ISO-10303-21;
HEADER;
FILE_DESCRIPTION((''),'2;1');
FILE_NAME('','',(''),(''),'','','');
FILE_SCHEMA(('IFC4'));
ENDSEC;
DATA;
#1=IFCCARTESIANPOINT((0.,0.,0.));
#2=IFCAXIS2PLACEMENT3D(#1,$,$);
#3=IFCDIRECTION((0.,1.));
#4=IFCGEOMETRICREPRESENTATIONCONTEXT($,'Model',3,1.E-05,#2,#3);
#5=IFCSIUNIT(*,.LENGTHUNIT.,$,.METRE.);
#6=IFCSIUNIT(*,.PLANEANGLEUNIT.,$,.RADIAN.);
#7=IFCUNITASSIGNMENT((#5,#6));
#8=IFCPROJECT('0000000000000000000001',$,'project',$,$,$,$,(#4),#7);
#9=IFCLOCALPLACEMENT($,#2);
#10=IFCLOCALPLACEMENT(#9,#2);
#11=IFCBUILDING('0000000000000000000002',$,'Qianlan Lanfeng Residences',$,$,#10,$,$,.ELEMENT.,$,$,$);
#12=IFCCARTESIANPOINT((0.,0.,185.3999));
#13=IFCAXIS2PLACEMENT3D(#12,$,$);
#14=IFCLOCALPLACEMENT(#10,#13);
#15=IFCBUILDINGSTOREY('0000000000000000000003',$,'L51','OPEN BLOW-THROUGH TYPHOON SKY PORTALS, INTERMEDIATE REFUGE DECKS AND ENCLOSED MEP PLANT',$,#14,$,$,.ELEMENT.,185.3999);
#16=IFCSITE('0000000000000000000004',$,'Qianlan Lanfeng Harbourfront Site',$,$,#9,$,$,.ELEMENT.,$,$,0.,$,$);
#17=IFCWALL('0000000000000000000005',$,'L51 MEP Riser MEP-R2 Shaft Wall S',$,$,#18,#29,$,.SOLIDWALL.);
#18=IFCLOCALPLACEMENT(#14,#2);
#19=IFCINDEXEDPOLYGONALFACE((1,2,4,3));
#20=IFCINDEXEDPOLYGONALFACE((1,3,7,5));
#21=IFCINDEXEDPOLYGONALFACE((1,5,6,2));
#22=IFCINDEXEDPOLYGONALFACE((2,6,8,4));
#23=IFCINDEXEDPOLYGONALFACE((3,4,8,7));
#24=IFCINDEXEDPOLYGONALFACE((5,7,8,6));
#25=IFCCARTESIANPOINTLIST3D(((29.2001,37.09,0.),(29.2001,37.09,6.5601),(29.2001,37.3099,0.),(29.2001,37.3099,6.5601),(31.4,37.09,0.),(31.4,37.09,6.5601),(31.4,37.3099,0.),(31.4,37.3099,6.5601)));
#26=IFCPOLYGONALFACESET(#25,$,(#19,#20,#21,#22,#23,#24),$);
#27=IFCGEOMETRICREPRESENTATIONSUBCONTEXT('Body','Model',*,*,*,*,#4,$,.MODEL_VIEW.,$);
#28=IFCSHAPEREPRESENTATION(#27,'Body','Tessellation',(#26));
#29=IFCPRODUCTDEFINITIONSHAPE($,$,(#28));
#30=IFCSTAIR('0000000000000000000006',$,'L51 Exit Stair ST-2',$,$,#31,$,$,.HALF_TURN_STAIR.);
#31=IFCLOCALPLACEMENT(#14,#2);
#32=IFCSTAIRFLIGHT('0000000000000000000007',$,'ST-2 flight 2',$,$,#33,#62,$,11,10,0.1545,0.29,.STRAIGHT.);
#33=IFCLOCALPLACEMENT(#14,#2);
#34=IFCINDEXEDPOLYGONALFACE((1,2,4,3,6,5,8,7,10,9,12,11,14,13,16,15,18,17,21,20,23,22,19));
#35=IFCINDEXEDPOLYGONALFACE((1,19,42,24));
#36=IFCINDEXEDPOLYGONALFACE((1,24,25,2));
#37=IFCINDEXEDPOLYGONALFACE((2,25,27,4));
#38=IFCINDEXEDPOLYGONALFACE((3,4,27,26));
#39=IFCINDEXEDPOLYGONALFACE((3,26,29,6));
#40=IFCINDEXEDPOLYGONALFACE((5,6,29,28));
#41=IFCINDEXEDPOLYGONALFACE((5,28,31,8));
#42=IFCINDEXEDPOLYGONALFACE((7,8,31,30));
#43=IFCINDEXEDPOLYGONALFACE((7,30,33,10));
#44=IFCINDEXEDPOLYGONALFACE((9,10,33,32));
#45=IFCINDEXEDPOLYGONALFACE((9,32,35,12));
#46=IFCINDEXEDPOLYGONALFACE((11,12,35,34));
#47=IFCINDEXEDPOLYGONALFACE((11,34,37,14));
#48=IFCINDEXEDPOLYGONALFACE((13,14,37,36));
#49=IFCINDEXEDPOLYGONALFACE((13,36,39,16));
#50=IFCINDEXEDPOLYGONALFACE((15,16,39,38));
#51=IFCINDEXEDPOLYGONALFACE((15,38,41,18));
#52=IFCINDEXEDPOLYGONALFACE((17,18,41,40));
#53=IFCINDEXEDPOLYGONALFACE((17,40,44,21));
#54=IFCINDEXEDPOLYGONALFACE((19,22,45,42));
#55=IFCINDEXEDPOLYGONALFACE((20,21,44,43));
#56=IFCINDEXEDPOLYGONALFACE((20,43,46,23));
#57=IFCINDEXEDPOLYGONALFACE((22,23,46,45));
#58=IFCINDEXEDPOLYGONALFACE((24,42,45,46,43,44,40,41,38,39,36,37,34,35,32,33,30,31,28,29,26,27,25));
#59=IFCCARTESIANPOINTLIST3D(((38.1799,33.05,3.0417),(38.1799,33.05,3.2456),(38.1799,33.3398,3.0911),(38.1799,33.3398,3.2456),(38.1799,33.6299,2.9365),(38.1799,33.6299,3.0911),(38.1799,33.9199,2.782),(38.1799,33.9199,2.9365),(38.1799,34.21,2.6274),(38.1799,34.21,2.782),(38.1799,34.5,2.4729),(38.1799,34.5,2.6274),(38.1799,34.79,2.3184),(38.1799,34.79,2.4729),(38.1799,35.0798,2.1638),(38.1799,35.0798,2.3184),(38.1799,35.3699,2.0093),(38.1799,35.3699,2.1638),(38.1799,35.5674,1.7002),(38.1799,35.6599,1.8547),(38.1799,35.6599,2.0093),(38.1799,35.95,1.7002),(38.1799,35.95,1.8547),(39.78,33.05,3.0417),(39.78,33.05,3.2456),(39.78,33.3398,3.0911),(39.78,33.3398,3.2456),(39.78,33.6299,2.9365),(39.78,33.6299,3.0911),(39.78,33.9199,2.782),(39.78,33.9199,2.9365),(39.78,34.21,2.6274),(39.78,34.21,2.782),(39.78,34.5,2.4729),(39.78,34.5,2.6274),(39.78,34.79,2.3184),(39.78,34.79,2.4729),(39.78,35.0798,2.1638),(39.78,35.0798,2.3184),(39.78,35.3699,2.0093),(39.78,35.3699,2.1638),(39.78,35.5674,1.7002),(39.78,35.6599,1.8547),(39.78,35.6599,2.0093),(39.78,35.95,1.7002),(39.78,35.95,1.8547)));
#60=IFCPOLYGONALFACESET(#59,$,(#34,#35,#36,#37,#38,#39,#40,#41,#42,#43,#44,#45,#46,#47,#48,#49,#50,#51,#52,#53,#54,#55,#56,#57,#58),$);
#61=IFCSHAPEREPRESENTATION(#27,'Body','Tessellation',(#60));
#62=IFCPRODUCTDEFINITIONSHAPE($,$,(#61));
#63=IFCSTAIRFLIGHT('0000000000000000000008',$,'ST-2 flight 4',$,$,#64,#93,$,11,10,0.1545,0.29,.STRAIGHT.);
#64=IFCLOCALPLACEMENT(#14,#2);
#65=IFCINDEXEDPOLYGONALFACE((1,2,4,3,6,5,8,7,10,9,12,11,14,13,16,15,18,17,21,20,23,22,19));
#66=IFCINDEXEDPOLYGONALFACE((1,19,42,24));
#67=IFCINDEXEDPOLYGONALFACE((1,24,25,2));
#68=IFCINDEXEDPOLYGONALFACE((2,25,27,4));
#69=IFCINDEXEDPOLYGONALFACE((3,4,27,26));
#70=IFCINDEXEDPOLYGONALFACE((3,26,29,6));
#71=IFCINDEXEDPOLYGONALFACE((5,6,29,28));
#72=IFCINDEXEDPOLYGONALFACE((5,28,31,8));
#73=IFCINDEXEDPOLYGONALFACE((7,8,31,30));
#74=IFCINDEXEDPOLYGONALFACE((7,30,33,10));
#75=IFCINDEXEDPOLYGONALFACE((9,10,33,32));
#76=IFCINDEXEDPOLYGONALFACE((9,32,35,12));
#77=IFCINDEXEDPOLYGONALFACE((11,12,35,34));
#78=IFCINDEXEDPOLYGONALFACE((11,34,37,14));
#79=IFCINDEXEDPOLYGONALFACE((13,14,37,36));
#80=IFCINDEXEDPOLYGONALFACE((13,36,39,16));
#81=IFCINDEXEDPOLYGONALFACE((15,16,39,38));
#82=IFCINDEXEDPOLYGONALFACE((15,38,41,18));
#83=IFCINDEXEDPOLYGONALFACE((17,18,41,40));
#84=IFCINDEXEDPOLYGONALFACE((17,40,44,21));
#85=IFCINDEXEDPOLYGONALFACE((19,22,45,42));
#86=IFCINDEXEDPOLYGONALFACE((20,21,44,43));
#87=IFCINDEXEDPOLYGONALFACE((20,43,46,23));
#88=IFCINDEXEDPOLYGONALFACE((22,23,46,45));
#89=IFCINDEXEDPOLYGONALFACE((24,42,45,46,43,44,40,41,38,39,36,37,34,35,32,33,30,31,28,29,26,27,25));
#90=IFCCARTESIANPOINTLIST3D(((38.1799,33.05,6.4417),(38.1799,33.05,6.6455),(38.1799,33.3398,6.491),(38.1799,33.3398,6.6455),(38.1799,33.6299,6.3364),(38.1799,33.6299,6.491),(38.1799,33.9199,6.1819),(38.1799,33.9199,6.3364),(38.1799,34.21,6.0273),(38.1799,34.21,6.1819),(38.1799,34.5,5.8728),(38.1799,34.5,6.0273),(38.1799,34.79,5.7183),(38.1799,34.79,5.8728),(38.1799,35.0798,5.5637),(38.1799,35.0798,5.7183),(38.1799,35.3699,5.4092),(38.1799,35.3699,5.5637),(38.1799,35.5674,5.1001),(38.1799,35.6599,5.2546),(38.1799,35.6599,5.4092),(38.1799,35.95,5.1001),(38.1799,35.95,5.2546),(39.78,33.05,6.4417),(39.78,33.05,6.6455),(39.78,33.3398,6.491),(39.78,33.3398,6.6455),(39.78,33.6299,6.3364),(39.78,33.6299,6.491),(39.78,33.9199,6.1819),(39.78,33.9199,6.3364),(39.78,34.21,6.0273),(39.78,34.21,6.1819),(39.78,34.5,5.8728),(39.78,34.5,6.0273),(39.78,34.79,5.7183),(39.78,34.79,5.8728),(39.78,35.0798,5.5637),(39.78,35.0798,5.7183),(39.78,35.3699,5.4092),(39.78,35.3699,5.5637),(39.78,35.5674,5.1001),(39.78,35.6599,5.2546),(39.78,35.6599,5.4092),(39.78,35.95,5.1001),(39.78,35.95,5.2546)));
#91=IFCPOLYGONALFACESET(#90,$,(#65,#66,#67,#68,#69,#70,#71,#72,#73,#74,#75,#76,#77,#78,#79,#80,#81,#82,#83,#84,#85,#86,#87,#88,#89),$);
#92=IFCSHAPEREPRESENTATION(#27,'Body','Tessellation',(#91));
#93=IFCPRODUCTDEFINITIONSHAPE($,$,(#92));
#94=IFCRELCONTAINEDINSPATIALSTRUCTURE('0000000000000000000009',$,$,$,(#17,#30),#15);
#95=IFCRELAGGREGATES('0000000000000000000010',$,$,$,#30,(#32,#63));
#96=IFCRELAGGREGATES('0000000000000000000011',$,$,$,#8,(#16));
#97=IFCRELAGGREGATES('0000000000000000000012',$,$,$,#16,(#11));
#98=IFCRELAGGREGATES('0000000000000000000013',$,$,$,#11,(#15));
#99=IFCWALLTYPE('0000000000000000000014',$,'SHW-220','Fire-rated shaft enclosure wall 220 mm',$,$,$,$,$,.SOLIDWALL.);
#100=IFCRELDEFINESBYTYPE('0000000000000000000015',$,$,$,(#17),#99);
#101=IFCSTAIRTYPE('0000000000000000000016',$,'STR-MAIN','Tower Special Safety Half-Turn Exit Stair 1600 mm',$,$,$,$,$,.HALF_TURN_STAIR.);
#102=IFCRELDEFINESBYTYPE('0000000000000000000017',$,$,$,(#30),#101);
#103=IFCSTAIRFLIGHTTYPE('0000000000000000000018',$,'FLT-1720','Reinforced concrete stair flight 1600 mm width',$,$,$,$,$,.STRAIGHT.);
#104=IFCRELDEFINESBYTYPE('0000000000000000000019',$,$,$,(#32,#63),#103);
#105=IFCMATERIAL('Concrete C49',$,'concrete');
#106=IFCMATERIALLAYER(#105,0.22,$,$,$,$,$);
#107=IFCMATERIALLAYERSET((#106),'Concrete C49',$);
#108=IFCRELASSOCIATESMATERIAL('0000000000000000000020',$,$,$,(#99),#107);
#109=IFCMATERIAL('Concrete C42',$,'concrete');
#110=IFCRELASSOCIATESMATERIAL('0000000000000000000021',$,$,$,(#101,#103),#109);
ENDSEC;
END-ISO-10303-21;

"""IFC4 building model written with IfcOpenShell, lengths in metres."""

from ifc_helpers import new_model, si_unit, direction, frame, frame_2d, origin, place, context, subcontext, project, spatial, polyline, rectangle, outline, extrude, material, layer, layer_set, type_object, element, aggregate, save


model = new_model("IFC4")

# Units and contexts
model_context = context("Model", 3, precision=1e-05, world=origin(), true_north=direction((0.0, 1.0)))
body_context = subcontext(model_context, "Body", "Model", "MODEL_VIEW")
ifc_project = project(units=[si_unit("LENGTHUNIT", "METRE"), si_unit("PLANEANGLEUNIT", "RADIAN")], contexts=[model_context])

# Site, building, storey
site_placement = place(None, origin())
site = spatial("IfcSite", under=ifc_project, at=site_placement, Name="Qianlan Lanfeng Harbourfront Site", CompositionType="ELEMENT", RefElevation=0.0)
building_placement = place(site_placement, origin())
building = spatial("IfcBuilding", under=site, at=building_placement, Name="Qianlan Lanfeng Residences", CompositionType="ELEMENT")
storey_placement = place(building_placement, frame((0.0, 0.0, 185.3999)))
storey = spatial("IfcBuildingStorey", under=building, at=storey_placement, Name="L51", Description="OPEN BLOW-THROUGH TYPHOON SKY PORTALS, INTERMEDIATE REFUGE DECKS AND ENCLOSED MEP PLANT", CompositionType="ELEMENT", Elevation=185.3999)

# Wall
ifc_material_1 = material(Name="Concrete C49", Category="concrete")
ifc_layer_1 = layer(ifc_material_1, 0.22)
ifc_layer_set_1 = layer_set([ifc_layer_1], Name="Concrete C49")
wall_type_1 = type_object("IfcWallType", Name="SHW-220", Description="Fire-rated shaft enclosure wall 220 mm", PredefinedType="SOLIDWALL", material=ifc_layer_set_1)
for number, where, z_axis, x_axis, name in (
    (1, (29.2, 37.2, 0.0), (0.0, 0.0, 1.0), (1.0, 0.0, 0.0), "L51 MEP Riser MEP-R2 Shaft Wall S"),
):
    element("IfcWall", number, at=place(storey_placement, frame(where, z_axis=z_axis, x_axis=x_axis)), inside=storey, type_object=wall_type_1, Name=name, PredefinedType="SOLIDWALL", context=body_context, shape_type="SweptSolid", body=[
        extrude(rectangle(XDim=2.2, YDim=0.22, at=frame_2d((1.1001, 0.0))), origin(), (0.0, 0.0, 1.0), 6.5601),
    ])

# Stair, stair flights
ifc_material_2 = material(Name="Concrete C42", Category="concrete")
stair_type = type_object("IfcStairType", Name="STR-MAIN", Description="Tower Special Safety Half-Turn Exit Stair 1600 mm", PredefinedType="HALF_TURN_STAIR", material=ifc_material_2)
stair_placement = place(storey_placement, origin())
stair = element("IfcStair", 2, at=stair_placement, inside=storey, type_object=stair_type, Name="L51 Exit Stair ST-2", PredefinedType="HALF_TURN_STAIR")
stair_flight_type = type_object("IfcStairFlightType", Name="FLT-1720", Description="Reinforced concrete stair flight 1600 mm width", PredefinedType="STRAIGHT", material=ifc_material_2)
stair_flight_1_placement = place(storey_placement, frame((38.98, 35.95, 1.7002), z_axis=(0.0, 0.0, 1.0), x_axis=(0.0, -1.0, 0.0)))
stair_flight_1 = element("IfcStairFlight", 3, at=stair_flight_1_placement, type_object=stair_flight_type, Name="ST-2 flight 2", NumberOfRisers=11, NumberOfTreads=10, PredefinedType="STRAIGHT", RiserHeight=0.1545, TreadLength=0.29, context=body_context, shape_type="SweptSolid", body=[
    extrude(outline(polyline([(0.0, 0.0), (0.0, 0.1545), (0.29, 0.1545), (0.29, 0.3091), (0.5801, 0.3091), (0.5801, 0.4636), (0.8701, 0.4636), (0.8701, 0.6182), (1.1599, 0.6182), (1.1599, 0.7727), (1.45, 0.7727), (1.45, 0.9272), (1.74, 0.9272), (1.74, 1.0818), (2.03, 1.0818), (2.03, 1.2363), (2.3201, 1.2363), (2.3201, 1.3909), (2.6101, 1.3909), (2.6101, 1.5454), (2.8999, 1.5454), (2.8999, 1.7), (2.8999, 1.3416), (0.3826, 0.0), (0.0, 0.0)])), frame((0.0, 0.8, 0.0), z_axis=(0.0, -1.0, 0.0), x_axis=(1.0, 0.0, 0.0)), (0.0, 0.0, 1.0), 1.6001),
])
stair_flight_2_placement = place(storey_placement, frame((38.98, 35.95, 5.1001), z_axis=(0.0, 0.0, 1.0), x_axis=(0.0, -1.0, 0.0)))
stair_flight_2 = element("IfcStairFlight", 4, at=stair_flight_2_placement, type_object=stair_flight_type, Name="ST-2 flight 4", NumberOfRisers=11, NumberOfTreads=10, PredefinedType="STRAIGHT", RiserHeight=0.1545, TreadLength=0.29, context=body_context, shape_type="SweptSolid", body=[
    extrude(outline(polyline([(0.0, 0.0), (0.0, 0.1545), (0.29, 0.1545), (0.29, 0.3091), (0.5801, 0.3091), (0.5801, 0.4636), (0.8701, 0.4636), (0.8701, 0.6182), (1.1599, 0.6182), (1.1599, 0.7727), (1.45, 0.7727), (1.45, 0.9272), (1.74, 0.9272), (1.74, 1.0818), (2.03, 1.0818), (2.03, 1.2363), (2.3201, 1.2363), (2.3201, 1.3909), (2.6101, 1.3909), (2.6101, 1.5454), (2.8999, 1.5454), (2.8999, 1.7), (2.8999, 1.3416), (0.3826, 0.0), (0.0, 0.0)])), frame((0.0, 0.8, 0.0), z_axis=(0.0, -1.0, 0.0), x_axis=(1.0, 0.0, 0.0)), (0.0, 0.0, 1.0), 1.6001),
])
aggregate(stair, [stair_flight_1, stair_flight_2])

save(model, "model.ifc")
